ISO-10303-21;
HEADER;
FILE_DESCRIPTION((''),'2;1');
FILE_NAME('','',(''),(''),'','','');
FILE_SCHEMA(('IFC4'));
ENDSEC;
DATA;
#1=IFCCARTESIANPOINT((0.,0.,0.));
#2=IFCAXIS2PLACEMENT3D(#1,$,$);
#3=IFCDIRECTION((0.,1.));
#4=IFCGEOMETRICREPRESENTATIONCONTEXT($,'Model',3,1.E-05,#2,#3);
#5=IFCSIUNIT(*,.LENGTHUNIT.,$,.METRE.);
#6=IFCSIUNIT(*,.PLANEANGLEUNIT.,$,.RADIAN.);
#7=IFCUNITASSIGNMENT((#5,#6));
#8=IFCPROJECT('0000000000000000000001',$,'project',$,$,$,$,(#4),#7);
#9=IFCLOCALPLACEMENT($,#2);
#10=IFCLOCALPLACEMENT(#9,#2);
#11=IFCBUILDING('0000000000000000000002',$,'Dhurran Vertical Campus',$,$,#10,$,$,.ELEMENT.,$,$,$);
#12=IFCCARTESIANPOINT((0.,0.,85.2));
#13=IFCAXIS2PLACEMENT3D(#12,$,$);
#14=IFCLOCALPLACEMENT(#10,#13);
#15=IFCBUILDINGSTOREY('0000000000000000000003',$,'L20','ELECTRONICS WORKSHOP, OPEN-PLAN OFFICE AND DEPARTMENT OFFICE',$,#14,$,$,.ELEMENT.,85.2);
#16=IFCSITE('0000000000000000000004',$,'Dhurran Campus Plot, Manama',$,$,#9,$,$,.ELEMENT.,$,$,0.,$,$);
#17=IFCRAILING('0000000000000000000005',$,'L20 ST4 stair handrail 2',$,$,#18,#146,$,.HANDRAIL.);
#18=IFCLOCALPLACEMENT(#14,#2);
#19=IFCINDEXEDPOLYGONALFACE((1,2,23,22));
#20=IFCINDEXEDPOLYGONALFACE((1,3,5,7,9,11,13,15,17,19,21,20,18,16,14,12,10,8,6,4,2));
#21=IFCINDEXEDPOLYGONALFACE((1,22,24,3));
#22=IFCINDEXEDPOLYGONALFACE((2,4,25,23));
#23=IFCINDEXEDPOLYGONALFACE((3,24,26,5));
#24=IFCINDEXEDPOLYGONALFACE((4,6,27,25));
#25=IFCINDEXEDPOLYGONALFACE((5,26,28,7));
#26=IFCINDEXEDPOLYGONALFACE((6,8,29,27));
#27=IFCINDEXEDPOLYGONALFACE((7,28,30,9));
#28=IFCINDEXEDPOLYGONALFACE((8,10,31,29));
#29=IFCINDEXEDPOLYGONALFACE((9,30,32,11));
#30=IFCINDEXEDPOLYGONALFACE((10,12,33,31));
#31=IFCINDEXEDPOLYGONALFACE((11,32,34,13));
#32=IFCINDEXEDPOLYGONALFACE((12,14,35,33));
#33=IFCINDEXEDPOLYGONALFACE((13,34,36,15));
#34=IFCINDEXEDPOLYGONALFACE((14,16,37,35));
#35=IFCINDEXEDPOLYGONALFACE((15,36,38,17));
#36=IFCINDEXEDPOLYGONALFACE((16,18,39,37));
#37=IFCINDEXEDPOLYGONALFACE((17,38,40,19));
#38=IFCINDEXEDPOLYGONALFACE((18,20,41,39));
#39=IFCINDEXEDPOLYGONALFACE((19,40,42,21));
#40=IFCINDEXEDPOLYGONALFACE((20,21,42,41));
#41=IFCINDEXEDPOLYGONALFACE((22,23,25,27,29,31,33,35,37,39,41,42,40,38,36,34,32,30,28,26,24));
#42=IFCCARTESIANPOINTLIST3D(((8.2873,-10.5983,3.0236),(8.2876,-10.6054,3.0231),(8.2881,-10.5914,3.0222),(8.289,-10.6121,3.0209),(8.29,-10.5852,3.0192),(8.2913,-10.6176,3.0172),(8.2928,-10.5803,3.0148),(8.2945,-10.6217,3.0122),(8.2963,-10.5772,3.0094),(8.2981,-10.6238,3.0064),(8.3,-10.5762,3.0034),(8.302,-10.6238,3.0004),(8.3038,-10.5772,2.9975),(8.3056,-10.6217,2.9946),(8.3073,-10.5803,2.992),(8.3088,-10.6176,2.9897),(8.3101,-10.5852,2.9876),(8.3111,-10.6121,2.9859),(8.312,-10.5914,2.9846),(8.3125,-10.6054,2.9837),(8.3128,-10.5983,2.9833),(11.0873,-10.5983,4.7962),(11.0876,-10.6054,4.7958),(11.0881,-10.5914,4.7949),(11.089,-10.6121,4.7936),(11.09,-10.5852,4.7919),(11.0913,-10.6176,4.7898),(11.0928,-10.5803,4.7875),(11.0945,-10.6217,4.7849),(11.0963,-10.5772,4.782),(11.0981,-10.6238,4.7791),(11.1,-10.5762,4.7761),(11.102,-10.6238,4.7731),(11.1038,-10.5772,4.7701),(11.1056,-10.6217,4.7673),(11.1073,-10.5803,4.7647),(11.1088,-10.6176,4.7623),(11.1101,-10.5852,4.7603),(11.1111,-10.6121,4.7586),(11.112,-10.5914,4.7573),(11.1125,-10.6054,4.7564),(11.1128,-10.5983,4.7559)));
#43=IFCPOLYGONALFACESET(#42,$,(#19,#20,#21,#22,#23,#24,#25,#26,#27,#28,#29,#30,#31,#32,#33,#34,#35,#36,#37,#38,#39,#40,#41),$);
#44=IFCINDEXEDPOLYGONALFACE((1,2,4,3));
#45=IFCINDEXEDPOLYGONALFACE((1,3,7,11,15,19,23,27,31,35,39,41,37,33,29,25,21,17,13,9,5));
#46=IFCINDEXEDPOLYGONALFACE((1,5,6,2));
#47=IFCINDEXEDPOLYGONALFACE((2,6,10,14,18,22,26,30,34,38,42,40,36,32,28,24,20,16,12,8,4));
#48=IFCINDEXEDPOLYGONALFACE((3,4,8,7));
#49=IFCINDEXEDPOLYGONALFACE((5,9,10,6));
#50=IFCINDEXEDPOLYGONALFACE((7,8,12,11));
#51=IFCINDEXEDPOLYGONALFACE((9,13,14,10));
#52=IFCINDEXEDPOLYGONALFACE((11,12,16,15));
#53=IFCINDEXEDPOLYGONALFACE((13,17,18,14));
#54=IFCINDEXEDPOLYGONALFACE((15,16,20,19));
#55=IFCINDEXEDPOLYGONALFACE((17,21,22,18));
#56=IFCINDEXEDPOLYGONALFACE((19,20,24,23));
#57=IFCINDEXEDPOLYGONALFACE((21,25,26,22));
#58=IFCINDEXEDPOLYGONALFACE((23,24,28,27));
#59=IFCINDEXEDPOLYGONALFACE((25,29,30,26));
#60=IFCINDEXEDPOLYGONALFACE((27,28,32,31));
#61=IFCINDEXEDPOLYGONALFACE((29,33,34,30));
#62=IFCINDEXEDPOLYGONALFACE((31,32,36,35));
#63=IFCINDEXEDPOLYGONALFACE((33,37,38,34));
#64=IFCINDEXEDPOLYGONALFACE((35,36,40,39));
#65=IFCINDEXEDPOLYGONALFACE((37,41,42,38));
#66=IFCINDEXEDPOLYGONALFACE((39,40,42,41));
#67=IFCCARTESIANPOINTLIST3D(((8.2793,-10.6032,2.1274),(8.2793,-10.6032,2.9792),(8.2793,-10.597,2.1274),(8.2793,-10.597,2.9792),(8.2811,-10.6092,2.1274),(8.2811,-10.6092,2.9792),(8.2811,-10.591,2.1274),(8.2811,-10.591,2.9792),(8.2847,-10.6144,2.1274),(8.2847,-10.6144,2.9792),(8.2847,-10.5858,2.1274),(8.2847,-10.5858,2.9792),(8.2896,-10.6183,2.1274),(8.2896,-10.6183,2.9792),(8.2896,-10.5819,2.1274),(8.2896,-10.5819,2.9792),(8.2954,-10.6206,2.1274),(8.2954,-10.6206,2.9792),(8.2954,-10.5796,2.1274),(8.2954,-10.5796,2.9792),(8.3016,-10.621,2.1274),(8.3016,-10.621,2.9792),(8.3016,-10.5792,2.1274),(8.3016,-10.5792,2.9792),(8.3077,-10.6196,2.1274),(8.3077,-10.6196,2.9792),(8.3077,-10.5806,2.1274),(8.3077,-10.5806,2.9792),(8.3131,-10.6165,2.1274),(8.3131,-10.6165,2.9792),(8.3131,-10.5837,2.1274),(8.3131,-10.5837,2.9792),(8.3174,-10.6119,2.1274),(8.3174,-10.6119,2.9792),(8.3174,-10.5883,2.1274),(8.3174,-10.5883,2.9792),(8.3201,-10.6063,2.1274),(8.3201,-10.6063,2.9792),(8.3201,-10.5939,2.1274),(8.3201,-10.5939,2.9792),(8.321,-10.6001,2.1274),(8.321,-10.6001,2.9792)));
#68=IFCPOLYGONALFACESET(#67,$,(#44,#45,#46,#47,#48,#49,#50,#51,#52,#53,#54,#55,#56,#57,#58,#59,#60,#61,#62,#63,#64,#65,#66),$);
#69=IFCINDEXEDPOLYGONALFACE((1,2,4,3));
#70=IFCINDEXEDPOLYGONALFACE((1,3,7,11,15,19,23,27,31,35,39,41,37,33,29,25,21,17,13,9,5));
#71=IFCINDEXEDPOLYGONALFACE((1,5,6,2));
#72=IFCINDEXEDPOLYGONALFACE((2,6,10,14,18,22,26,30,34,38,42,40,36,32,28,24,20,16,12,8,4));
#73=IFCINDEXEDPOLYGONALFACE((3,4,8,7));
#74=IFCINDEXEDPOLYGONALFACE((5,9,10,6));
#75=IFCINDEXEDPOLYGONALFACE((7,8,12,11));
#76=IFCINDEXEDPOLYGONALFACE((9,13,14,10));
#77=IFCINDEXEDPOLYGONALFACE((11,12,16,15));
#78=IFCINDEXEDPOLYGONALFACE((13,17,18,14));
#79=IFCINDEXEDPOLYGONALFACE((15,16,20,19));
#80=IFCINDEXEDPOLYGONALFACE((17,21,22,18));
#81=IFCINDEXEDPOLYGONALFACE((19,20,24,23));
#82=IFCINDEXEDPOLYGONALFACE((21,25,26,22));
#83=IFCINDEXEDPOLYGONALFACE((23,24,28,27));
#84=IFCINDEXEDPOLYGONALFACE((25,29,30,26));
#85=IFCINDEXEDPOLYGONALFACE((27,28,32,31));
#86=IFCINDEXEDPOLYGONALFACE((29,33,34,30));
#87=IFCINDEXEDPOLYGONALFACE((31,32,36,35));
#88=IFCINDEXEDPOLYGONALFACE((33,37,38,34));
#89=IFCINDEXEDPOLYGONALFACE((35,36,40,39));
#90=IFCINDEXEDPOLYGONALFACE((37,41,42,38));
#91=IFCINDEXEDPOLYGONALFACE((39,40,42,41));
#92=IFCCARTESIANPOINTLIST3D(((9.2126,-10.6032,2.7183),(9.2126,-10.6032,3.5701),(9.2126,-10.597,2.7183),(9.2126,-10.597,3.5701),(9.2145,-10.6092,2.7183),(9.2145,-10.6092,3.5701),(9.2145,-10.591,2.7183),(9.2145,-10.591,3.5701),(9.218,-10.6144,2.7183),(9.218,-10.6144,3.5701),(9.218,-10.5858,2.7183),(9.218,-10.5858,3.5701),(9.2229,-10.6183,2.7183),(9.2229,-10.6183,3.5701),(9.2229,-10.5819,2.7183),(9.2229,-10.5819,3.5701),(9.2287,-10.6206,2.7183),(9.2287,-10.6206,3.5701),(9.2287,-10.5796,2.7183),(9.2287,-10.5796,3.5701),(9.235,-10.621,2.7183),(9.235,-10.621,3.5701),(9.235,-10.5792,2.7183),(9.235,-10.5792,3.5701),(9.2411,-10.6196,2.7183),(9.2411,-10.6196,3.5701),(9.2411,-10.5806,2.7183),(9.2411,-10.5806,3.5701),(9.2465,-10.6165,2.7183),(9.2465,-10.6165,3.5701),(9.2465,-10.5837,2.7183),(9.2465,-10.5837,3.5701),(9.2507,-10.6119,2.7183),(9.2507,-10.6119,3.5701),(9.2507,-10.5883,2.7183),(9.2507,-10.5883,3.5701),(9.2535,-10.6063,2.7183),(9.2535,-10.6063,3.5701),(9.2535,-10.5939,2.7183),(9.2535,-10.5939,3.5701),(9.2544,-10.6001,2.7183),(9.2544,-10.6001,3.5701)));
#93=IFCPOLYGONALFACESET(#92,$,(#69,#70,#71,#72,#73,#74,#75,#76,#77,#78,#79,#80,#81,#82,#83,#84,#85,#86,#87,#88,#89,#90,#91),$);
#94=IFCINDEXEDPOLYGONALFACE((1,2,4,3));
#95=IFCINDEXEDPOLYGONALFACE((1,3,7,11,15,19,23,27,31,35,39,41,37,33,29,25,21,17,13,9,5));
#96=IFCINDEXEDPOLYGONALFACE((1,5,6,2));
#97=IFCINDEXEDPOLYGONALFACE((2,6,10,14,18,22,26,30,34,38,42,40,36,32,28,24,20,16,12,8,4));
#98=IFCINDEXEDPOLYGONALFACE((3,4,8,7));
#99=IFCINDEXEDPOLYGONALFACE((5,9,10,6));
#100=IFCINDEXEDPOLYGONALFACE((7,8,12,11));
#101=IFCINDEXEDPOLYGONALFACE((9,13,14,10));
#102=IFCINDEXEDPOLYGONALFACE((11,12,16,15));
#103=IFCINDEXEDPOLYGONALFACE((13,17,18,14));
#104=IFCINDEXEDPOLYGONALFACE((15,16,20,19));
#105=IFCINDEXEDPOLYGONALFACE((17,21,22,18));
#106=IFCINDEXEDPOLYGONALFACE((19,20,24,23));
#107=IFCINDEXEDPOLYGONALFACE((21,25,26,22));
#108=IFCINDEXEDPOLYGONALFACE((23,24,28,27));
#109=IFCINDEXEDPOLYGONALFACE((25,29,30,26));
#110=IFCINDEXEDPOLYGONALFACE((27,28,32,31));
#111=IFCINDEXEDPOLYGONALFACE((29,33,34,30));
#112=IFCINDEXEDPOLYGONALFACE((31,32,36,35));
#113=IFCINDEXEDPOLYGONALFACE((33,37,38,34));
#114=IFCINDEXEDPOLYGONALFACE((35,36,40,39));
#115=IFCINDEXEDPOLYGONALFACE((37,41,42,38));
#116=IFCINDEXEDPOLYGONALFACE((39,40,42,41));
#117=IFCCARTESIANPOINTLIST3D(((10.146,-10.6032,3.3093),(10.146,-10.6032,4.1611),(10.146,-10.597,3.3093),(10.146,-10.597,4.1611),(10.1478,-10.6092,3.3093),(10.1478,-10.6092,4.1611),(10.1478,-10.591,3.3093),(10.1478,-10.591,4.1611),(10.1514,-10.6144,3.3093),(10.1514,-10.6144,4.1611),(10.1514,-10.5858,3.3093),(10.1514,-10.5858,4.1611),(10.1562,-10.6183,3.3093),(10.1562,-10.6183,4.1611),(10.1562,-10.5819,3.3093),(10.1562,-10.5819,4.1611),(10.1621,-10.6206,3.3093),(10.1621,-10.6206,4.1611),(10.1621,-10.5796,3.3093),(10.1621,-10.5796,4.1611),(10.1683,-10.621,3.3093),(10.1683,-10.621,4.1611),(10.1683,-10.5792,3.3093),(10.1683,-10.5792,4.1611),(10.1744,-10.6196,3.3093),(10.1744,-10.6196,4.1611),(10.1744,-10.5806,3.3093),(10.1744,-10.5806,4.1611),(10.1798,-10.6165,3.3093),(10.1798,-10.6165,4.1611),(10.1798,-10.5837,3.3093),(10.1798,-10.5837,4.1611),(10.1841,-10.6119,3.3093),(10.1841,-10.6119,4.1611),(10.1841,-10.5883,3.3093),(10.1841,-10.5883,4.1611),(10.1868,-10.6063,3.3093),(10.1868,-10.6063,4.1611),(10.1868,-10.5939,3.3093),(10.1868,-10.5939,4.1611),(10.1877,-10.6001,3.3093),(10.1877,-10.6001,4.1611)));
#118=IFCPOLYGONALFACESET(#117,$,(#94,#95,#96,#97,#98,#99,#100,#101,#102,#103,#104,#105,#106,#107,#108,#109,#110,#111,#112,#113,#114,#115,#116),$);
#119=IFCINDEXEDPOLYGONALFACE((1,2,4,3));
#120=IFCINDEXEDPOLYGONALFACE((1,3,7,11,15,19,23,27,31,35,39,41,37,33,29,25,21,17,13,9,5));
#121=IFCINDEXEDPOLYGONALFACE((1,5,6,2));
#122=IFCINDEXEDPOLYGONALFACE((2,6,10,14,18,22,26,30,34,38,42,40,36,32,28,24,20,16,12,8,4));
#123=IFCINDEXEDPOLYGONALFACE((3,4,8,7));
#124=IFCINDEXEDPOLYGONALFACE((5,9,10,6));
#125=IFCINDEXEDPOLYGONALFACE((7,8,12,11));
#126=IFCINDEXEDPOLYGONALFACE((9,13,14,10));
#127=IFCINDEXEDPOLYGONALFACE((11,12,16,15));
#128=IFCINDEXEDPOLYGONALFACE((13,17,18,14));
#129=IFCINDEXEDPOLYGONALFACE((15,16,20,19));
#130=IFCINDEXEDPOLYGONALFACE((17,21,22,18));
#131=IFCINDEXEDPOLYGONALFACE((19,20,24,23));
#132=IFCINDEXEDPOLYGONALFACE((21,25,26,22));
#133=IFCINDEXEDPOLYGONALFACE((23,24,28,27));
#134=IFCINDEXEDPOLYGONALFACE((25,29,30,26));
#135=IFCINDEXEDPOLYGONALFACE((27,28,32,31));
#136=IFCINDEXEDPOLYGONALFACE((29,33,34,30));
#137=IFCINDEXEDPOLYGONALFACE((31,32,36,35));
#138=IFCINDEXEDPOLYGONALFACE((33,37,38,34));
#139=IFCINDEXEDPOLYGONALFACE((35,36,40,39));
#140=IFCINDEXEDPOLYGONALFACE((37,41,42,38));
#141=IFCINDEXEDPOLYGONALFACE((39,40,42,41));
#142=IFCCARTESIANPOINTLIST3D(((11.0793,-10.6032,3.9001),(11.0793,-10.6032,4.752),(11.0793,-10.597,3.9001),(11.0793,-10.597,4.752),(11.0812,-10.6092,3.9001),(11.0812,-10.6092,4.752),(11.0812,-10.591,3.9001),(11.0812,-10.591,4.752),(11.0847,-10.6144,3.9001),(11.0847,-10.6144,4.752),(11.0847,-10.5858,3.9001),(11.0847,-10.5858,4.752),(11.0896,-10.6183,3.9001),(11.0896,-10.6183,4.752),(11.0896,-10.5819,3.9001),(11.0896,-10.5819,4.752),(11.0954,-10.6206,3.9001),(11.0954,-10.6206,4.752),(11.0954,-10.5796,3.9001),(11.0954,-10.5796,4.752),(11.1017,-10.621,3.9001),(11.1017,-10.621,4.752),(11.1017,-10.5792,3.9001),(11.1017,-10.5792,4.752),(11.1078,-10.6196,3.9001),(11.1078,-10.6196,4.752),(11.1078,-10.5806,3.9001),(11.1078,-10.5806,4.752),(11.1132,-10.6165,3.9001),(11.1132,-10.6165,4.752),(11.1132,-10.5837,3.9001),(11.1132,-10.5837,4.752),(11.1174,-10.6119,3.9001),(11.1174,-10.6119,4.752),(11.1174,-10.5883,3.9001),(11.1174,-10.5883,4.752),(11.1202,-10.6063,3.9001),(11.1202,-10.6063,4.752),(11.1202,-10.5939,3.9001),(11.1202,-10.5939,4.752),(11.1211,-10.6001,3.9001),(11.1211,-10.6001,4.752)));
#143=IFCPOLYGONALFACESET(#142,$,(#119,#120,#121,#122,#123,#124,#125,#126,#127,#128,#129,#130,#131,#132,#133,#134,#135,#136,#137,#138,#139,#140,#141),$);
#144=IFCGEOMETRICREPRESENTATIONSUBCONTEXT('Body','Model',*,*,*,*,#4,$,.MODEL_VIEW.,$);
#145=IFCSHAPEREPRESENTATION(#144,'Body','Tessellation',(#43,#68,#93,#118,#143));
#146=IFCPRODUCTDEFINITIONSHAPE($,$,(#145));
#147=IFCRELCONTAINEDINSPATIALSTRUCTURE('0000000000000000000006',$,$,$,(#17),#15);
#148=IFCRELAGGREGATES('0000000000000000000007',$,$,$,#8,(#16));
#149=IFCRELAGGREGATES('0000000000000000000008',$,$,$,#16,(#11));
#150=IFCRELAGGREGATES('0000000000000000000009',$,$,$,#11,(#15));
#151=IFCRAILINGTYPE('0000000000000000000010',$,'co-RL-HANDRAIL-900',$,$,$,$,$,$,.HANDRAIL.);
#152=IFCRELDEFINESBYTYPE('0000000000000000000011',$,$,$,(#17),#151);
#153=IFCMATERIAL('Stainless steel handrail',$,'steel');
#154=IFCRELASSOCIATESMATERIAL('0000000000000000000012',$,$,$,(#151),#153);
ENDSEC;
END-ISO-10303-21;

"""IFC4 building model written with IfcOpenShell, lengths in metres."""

from ifc_helpers import new_model, si_unit, direction, frame, origin, origin_2d, place, context, subcontext, project, spatial, circle, extrude, material, type_object, element, save


model = new_model("IFC4")

# Units and contexts
model_context = context("Model", 3, precision=1e-05, world=origin(), true_north=direction((0.0, 1.0)))
body_context = subcontext(model_context, "Body", "Model", "MODEL_VIEW")
ifc_project = project(units=[si_unit("LENGTHUNIT", "METRE"), si_unit("PLANEANGLEUNIT", "RADIAN")], contexts=[model_context])

# Site, building, storey
site_placement = place(None, origin())
site = spatial("IfcSite", under=ifc_project, at=site_placement, Name="Dhurran Campus Plot, Manama", CompositionType="ELEMENT", RefElevation=0.0)
building_placement = place(site_placement, origin())
building = spatial("IfcBuilding", under=site, at=building_placement, Name="Dhurran Vertical Campus", CompositionType="ELEMENT")
storey_placement = place(building_placement, frame((0.0, 0.0, 85.2)))
storey = spatial("IfcBuildingStorey", under=building, at=storey_placement, Name="L20", Description="ELECTRONICS WORKSHOP, OPEN-PLAN OFFICE AND DEPARTMENT OFFICE", CompositionType="ELEMENT", Elevation=85.2)

# Railing
ifc_material_1 = material(Name="Stainless steel handrail", Category="steel")
railing_type_1 = type_object("IfcRailingType", Name="co-RL-HANDRAIL-900", PredefinedType="HANDRAIL", material=ifc_material_1)
railing_1_placement = place(storey_placement, frame((8.3, -10.6001, 2.1274)))
element("IfcRailing", 1, at=railing_1_placement, inside=storey, type_object=railing_type_1, Name="L20 ST4 stair handrail 2", PredefinedType="HANDRAIL", context=body_context, shape_type="SweptSolid", body=[
    extrude(circle(Radius=0.0239, at=origin_2d()), frame((0.0, 0.0, 0.876), z_axis=(0.844909, 0.0, 0.53491), x_axis=(0.0, 1.0, 0.0)), (0.0, 0.0, 1.0), 3.314),
    extrude(circle(Radius=0.021, at=origin_2d()), origin(), (0.0, 0.0, 1.0), 0.8518),
    extrude(circle(Radius=0.021, at=origin_2d()), frame((0.9333, 0.0, 0.5908)), (0.0, 0.0, 1.0), 0.8518),
    extrude(circle(Radius=0.021, at=origin_2d()), frame((1.8667, 0.0, 1.1819)), (0.0, 0.0, 1.0), 0.8518),
    extrude(circle(Radius=0.021, at=origin_2d()), frame((2.8, 0.0, 1.7727)), (0.0, 0.0, 1.0), 0.8518),
])

save(model, "model.ifc")
